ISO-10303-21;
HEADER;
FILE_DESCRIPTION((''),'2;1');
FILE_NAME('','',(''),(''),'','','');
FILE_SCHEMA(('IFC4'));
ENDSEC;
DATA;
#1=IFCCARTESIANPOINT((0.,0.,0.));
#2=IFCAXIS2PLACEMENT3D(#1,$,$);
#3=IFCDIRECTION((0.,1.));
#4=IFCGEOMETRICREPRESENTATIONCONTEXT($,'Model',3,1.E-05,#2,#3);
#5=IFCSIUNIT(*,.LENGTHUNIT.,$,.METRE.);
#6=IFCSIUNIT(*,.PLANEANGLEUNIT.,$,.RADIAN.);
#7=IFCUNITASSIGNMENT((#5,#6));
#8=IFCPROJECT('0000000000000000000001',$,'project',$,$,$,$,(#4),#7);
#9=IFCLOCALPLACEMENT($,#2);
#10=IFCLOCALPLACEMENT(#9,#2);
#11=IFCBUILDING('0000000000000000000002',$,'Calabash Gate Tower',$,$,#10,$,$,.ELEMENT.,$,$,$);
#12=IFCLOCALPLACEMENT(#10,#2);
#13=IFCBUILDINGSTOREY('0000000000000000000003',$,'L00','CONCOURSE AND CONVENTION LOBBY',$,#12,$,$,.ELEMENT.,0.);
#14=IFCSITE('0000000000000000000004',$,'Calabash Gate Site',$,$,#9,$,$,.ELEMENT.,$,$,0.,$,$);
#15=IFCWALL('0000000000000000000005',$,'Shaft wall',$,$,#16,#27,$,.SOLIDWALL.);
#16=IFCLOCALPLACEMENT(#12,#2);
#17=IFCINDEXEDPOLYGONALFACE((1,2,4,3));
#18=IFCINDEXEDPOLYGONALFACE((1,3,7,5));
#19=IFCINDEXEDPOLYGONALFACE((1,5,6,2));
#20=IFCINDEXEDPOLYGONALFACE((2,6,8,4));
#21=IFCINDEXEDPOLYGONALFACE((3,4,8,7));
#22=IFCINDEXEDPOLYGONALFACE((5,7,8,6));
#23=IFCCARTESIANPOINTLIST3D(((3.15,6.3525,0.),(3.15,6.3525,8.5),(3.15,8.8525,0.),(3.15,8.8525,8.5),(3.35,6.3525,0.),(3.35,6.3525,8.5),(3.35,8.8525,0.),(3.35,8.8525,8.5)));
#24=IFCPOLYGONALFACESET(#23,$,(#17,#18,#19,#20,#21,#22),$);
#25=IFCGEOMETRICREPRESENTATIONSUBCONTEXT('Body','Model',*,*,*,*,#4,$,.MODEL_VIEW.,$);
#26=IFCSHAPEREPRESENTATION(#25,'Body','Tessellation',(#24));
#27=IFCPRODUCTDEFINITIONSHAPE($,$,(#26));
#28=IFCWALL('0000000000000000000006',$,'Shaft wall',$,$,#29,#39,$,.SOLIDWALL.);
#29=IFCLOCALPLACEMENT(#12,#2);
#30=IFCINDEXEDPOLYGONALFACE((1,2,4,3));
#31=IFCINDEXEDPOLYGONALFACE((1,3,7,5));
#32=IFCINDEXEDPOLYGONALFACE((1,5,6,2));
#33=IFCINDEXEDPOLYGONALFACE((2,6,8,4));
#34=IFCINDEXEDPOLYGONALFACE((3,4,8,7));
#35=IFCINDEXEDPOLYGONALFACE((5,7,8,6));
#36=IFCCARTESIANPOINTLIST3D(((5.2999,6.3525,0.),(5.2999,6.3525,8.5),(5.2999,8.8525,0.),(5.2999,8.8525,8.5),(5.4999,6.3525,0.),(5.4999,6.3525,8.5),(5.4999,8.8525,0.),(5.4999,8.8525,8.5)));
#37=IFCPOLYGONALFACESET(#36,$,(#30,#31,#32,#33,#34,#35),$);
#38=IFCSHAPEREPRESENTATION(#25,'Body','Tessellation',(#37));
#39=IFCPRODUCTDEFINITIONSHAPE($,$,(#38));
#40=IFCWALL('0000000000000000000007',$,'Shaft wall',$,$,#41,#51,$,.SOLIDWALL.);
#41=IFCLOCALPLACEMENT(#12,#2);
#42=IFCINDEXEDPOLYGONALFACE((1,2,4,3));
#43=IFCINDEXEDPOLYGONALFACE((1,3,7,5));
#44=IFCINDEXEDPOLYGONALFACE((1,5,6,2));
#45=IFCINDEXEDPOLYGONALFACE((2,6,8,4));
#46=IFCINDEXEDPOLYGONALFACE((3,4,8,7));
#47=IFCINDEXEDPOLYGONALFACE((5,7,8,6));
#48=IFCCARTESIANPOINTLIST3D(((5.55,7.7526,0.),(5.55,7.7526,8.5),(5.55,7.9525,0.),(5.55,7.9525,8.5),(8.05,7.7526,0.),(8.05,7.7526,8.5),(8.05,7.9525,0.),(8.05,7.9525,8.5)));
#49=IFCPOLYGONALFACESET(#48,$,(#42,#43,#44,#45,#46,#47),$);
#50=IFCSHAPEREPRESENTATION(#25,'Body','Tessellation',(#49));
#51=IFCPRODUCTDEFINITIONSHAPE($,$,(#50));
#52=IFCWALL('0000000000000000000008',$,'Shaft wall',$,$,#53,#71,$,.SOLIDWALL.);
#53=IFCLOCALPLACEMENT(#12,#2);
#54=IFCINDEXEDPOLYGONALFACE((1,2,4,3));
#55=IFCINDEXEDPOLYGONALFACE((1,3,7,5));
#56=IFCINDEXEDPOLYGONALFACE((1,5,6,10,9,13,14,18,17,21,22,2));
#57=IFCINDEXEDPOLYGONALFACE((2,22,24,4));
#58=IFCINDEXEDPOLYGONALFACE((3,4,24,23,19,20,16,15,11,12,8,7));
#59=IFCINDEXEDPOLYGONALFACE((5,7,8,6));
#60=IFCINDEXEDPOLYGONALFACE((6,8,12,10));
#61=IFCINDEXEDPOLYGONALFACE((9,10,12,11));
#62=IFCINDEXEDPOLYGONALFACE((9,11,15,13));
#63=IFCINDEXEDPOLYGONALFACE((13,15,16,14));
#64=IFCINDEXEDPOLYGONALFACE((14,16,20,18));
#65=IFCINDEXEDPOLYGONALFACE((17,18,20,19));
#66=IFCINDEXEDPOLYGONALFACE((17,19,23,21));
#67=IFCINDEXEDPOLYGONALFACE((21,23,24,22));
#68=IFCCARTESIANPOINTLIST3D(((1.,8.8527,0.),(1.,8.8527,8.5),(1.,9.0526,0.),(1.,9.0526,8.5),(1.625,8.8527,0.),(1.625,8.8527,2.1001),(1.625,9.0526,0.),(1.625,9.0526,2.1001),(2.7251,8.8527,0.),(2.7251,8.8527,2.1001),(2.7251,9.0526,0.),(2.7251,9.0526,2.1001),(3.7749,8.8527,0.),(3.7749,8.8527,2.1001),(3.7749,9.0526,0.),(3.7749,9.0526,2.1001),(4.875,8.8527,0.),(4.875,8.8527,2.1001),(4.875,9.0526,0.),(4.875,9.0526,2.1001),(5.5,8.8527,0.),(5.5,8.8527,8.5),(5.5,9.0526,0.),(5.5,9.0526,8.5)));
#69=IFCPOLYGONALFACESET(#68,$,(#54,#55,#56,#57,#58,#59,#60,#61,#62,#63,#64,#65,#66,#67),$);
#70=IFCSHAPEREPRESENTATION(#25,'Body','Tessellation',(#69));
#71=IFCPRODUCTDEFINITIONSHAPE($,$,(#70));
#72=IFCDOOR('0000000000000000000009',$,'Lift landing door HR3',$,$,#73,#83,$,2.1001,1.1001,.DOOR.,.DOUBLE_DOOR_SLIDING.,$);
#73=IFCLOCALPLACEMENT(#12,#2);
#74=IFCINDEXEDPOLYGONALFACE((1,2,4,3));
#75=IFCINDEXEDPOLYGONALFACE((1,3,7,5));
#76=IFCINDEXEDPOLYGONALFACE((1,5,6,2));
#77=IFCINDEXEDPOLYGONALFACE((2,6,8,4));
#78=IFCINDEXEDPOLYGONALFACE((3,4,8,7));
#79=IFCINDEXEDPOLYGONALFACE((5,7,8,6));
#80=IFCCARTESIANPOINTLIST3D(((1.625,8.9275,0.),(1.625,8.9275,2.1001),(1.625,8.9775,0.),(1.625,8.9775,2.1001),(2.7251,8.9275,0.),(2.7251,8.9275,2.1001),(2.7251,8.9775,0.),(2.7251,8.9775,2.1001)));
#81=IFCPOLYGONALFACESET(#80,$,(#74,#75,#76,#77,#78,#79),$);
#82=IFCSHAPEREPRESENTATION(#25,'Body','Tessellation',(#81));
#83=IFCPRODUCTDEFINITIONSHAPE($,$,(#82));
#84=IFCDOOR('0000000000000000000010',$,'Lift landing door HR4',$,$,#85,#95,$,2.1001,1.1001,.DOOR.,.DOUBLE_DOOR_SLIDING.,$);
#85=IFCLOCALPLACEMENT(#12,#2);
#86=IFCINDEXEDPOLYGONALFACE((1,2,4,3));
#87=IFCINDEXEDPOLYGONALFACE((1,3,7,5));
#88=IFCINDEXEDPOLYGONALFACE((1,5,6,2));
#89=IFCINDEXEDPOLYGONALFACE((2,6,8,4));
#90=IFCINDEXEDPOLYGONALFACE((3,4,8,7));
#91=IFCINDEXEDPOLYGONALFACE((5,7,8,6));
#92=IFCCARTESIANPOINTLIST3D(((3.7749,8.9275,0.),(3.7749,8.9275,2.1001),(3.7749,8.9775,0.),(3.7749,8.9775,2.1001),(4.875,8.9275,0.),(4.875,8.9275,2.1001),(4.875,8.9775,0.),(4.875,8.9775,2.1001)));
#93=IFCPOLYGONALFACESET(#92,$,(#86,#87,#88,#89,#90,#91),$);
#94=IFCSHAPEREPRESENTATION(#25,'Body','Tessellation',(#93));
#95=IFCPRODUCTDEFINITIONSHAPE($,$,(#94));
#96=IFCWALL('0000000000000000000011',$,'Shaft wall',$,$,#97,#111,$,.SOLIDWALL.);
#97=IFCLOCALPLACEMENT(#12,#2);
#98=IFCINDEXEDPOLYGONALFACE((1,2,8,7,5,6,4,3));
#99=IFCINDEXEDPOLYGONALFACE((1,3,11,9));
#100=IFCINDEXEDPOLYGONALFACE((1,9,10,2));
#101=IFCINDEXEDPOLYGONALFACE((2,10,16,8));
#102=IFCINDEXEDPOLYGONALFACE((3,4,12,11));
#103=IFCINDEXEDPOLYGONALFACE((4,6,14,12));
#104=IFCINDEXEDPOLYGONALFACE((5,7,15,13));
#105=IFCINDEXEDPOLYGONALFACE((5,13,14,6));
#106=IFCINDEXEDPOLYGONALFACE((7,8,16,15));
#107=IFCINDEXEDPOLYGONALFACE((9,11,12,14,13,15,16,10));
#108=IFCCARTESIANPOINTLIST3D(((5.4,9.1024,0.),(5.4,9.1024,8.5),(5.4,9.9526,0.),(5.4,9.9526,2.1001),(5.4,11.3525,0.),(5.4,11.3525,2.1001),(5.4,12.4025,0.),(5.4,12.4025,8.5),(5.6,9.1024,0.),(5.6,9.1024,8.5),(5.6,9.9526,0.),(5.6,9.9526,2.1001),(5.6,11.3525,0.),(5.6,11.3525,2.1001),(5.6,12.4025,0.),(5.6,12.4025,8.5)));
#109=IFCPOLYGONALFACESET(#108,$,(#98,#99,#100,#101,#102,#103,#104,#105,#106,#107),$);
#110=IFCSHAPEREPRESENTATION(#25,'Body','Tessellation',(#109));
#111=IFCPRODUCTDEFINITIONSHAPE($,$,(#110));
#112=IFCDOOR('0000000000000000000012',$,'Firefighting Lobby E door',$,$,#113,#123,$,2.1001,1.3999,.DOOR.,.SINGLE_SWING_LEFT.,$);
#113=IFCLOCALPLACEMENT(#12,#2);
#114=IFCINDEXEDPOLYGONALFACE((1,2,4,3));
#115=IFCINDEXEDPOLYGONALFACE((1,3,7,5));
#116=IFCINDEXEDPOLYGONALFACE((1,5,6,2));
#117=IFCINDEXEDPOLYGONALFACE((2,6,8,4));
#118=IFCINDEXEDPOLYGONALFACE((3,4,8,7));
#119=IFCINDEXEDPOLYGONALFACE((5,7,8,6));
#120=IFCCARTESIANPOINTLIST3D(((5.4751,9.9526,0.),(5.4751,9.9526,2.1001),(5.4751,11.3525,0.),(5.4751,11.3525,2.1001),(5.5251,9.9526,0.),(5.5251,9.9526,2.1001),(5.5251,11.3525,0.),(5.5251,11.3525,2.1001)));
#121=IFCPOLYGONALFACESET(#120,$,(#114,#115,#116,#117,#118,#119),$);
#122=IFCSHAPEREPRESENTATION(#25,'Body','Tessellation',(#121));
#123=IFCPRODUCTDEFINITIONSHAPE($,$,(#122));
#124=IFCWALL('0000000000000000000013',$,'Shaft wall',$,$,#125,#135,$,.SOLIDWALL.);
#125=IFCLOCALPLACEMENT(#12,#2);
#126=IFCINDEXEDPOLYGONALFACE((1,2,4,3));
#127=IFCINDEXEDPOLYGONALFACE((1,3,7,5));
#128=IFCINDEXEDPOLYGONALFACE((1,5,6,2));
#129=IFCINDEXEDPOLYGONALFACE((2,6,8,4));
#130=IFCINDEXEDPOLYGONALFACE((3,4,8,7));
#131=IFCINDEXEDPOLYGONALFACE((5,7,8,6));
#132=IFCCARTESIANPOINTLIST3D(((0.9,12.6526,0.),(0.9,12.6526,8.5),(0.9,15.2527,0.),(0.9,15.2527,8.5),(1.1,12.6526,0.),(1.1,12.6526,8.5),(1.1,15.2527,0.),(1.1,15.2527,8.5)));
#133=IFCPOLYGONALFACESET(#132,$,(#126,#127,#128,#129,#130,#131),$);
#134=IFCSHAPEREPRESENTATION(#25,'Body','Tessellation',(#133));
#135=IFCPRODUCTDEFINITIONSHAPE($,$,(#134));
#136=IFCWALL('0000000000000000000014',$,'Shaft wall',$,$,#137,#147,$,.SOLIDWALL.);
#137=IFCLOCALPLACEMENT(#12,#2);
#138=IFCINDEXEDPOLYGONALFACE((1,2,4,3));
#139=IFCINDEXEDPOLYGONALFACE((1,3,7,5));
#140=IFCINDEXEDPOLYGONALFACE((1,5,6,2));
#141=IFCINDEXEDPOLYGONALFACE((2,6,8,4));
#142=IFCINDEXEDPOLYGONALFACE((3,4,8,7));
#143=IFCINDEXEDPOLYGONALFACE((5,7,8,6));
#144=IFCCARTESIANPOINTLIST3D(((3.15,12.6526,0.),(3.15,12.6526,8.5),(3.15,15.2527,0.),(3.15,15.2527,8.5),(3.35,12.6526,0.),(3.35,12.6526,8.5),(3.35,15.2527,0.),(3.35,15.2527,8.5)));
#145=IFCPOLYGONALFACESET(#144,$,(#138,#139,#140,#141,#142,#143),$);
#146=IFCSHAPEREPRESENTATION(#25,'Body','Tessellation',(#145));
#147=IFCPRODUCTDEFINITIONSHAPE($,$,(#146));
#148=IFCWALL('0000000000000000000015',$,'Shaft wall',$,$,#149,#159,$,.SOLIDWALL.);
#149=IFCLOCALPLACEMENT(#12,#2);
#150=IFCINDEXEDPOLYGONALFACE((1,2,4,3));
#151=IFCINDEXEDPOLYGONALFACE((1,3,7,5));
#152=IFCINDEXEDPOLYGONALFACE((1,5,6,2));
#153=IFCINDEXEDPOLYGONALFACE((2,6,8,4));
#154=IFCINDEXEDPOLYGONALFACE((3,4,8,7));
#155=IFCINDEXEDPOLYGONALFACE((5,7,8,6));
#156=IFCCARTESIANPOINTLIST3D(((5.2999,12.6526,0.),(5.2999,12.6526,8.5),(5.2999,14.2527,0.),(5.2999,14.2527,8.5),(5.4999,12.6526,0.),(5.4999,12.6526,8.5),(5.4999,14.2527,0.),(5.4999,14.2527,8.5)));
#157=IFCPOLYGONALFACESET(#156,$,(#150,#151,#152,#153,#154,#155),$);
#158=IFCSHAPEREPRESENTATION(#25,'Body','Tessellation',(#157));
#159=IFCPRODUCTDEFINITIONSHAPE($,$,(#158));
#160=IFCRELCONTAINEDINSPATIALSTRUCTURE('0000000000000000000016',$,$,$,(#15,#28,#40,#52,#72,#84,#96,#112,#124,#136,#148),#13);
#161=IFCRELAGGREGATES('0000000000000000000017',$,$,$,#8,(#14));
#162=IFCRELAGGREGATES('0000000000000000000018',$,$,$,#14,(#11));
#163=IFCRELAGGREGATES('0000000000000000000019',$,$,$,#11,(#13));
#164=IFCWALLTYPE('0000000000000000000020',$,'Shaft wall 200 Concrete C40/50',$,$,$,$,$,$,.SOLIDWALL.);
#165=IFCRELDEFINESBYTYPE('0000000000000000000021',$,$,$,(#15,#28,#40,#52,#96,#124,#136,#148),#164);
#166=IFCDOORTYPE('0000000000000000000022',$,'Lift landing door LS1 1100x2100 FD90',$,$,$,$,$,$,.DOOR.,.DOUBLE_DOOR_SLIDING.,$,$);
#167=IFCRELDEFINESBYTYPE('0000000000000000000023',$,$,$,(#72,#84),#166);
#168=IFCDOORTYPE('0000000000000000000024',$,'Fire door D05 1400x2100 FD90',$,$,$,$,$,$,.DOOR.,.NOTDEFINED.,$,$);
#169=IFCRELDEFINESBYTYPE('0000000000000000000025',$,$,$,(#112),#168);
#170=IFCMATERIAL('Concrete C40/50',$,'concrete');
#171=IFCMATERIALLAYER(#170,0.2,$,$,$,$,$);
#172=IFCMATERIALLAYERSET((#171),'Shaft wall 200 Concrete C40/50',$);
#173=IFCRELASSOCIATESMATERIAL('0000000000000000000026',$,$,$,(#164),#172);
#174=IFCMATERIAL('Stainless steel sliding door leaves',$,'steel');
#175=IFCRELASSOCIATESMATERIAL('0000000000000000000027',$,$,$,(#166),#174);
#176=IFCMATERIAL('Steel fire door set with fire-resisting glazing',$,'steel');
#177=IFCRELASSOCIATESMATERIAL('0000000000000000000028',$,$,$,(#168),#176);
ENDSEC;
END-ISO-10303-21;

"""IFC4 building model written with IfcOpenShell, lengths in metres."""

from ifc_helpers import new_model, si_unit, direction, frame, frame_2d, origin, place, context, subcontext, project, spatial, rectangle, extrude, material, layer, layer_set, type_object, element, fill, save


model = new_model("IFC4")

# Units and contexts
model_context = context("Model", 3, precision=1e-05, world=origin(), true_north=direction((0.0, 1.0)))
body_context = subcontext(model_context, "Body", "Model", "MODEL_VIEW")
ifc_project = project(units=[si_unit("LENGTHUNIT", "METRE"), si_unit("PLANEANGLEUNIT", "RADIAN")], contexts=[model_context])

# Site, building, storey
site_placement = place(None, origin())
site = spatial("IfcSite", under=ifc_project, at=site_placement, Name="Calabash Gate Site", CompositionType="ELEMENT", RefElevation=0.0)
building_placement = place(site_placement, origin())
building = spatial("IfcBuilding", under=site, at=building_placement, Name="Calabash Gate Tower", CompositionType="ELEMENT")
storey_placement = place(building_placement, origin())
storey = spatial("IfcBuildingStorey", under=building, at=storey_placement, Name="L00", Description="CONCOURSE AND CONVENTION LOBBY", CompositionType="ELEMENT", Elevation=0.0)

# Walls
ifc_material_1 = material(Name="Concrete C40/50", Category="concrete")
ifc_layer_1 = layer(ifc_material_1, 0.2)
ifc_layer_set_1 = layer_set([ifc_layer_1], Name="Shaft wall 200 Concrete C40/50")
wall_type_1 = type_object("IfcWallType", Name="Shaft wall 200 Concrete C40/50", PredefinedType="SOLIDWALL", material=ifc_layer_set_1)
for number, where, z_axis, x_axis, name in (
    (1, (3.25, 6.3525, 0.0), (0.0, 0.0, 1.0), (0.0, 1.0, 0.0), "Shaft wall"),
    (2, (5.3999, 6.3525, 0.0), (0.0, 0.0, 1.0), (0.0, 1.0, 0.0), "Shaft wall"),
    (3, (5.55, 7.8525, 0.0), (0.0, 0.0, 1.0), (1.0, 0.0, 0.0), "Shaft wall"),
):
    element("IfcWall", number, at=place(storey_placement, frame(where, z_axis=z_axis, x_axis=x_axis)), inside=storey, type_object=wall_type_1, Name=name, PredefinedType="SOLIDWALL", context=body_context, shape_type="SweptSolid", body=[
        extrude(rectangle(XDim=2.5, YDim=0.2, at=frame_2d((1.25, 0.0))), origin(), (0.0, 0.0, 1.0), 8.5),
    ])

# Wall, openings, doors
wall_1_placement = place(storey_placement, frame((1.0, 8.9526, 0.0), z_axis=(0.0, 0.0, 1.0), x_axis=(1.0, 0.0, 0.0)))
wall_1 = element("IfcWall", 4, at=wall_1_placement, inside=storey, type_object=wall_type_1, Name="Shaft wall", PredefinedType="SOLIDWALL", context=body_context, shape_type="SweptSolid", body=[
    extrude(rectangle(XDim=4.5, YDim=0.2, at=frame_2d((2.25, 0.0))), origin(), (0.0, 0.0, 1.0), 8.5),
])
opening_1_placement = place(wall_1_placement, frame((0.625, 0.0, 0.0)))
opening_1 = element("IfcOpeningElement", 5, at=opening_1_placement, cuts=wall_1, PredefinedType="OPENING", context=body_context, shape_type="SweptSolid", body=[
    extrude(rectangle(XDim=1.1001, YDim=2.1001, at=frame_2d((0.55, 1.05))), frame((0.0, 0.1099, 0.0), z_axis=(0.0, -1.0, 0.0), x_axis=(1.0, 0.0, 0.0)), (0.0, 0.0, 1.0), 0.22),
])
opening_2_placement = place(wall_1_placement, frame((2.7749, 0.0, 0.0)))
opening_2 = element("IfcOpeningElement", 6, at=opening_2_placement, cuts=wall_1, PredefinedType="OPENING", context=body_context, shape_type="SweptSolid", body=[
    extrude(rectangle(XDim=1.1001, YDim=2.1001, at=frame_2d((0.55, 1.05))), frame((0.0, 0.1099, 0.0), z_axis=(0.0, -1.0, 0.0), x_axis=(1.0, 0.0, 0.0)), (0.0, 0.0, 1.0), 0.22),
])
ifc_material_2 = material(Name="Stainless steel sliding door leaves", Category="steel")
door_type_1 = type_object("IfcDoorType", Name="Lift landing door LS1 1100x2100 FD90", OperationType="DOUBLE_DOOR_SLIDING", PredefinedType="DOOR", material=ifc_material_2)
door_1_placement = place(opening_1_placement, origin())
door_1 = element("IfcDoor", 7, at=door_1_placement, inside=storey, type_object=door_type_1, Name="Lift landing door HR3", OperationType="DOUBLE_DOOR_SLIDING", OverallHeight=2.1001, OverallWidth=1.1001, PredefinedType="DOOR", context=body_context, shape_type="SweptSolid", body=[
    extrude(rectangle(XDim=1.1001, YDim=2.1001, at=frame_2d((0.55, 1.05))), frame((0.0, 0.0249, 0.0), z_axis=(0.0, -1.0, 0.0), x_axis=(1.0, 0.0, 0.0)), (0.0, 0.0, 1.0), 0.05),
])
fill(opening_1, door_1)
door_2_placement = place(opening_2_placement, origin())
door_2 = element("IfcDoor", 8, at=door_2_placement, inside=storey, type_object=door_type_1, Name="Lift landing door HR4", OperationType="DOUBLE_DOOR_SLIDING", OverallHeight=2.1001, OverallWidth=1.1001, PredefinedType="DOOR", context=body_context, shape_type="SweptSolid", body=[
    extrude(rectangle(XDim=1.1001, YDim=2.1001, at=frame_2d((0.55, 1.05))), frame((0.0, 0.0249, 0.0), z_axis=(0.0, -1.0, 0.0), x_axis=(1.0, 0.0, 0.0)), (0.0, 0.0, 1.0), 0.05),
])
fill(opening_2, door_2)

# Wall, opening, door
wall_2_placement = place(storey_placement, frame((5.5, 9.1025, 0.0), z_axis=(0.0, 0.0, 1.0), x_axis=(0.0, 1.0, 0.0)))
wall_2 = element("IfcWall", 9, at=wall_2_placement, inside=storey, type_object=wall_type_1, Name="Shaft wall", PredefinedType="SOLIDWALL", context=body_context, shape_type="SweptSolid", body=[
    extrude(rectangle(XDim=3.3, YDim=0.2, at=frame_2d((1.6499, 0.0))), origin(), (0.0, 0.0, 1.0), 8.5),
])
opening_3_placement = place(wall_2_placement, frame((0.8501, 0.0, 0.0)))
opening_3 = element("IfcOpeningElement", 10, at=opening_3_placement, cuts=wall_2, PredefinedType="OPENING", context=body_context, shape_type="SweptSolid", body=[
    extrude(rectangle(XDim=1.3999, YDim=2.1001, at=frame_2d((0.7, 1.05))), frame((0.0, 0.1099, 0.0), z_axis=(0.0, -1.0, 0.0), x_axis=(1.0, 0.0, 0.0)), (0.0, 0.0, 1.0), 0.22),
])
ifc_material_3 = material(Name="Steel fire door set with fire-resisting glazing", Category="steel")
door_type_2 = type_object("IfcDoorType", Name="Fire door D05 1400x2100 FD90", OperationType="NOTDEFINED", PredefinedType="DOOR", material=ifc_material_3)
door_3_placement = place(opening_3_placement, origin())
door_3 = element("IfcDoor", 11, at=door_3_placement, inside=storey, type_object=door_type_2, Name="Firefighting Lobby E door", OperationType="SINGLE_SWING_LEFT", OverallHeight=2.1001, OverallWidth=1.3999, PredefinedType="DOOR", context=body_context, shape_type="SweptSolid", body=[
    extrude(rectangle(XDim=1.3999, YDim=2.1001, at=frame_2d((0.7, 1.05))), frame((0.0, 0.0249, 0.0), z_axis=(0.0, -1.0, 0.0), x_axis=(1.0, 0.0, 0.0)), (0.0, 0.0, 1.0), 0.05),
])
fill(opening_3, door_3)

# Walls
for number, where, z_axis, x_axis, name in (
    (12, (1.0, 12.6526, 0.0), (0.0, 0.0, 1.0), (0.0, 1.0, 0.0), "Shaft wall"),
    (13, (3.25, 12.6526, 0.0), (0.0, 0.0, 1.0), (0.0, 1.0, 0.0), "Shaft wall"),
):
    element("IfcWall", number, at=place(storey_placement, frame(where, z_axis=z_axis, x_axis=x_axis)), inside=storey, type_object=wall_type_1, Name=name, PredefinedType="SOLIDWALL", context=body_context, shape_type="SweptSolid", body=[
        extrude(rectangle(XDim=2.6001, YDim=0.2, at=frame_2d((1.3, 0.0))), origin(), (0.0, 0.0, 1.0), 8.5),
    ])
wall_3_placement = place(storey_placement, frame((5.3999, 12.6526, 0.0), z_axis=(0.0, 0.0, 1.0), x_axis=(0.0, 1.0, 0.0)))
element("IfcWall", 14, at=wall_3_placement, inside=storey, type_object=wall_type_1, Name="Shaft wall", PredefinedType="SOLIDWALL", context=body_context, shape_type="SweptSolid", body=[
    extrude(rectangle(XDim=1.6001, YDim=0.2, at=frame_2d((0.8, 0.0))), origin(), (0.0, 0.0, 1.0), 8.5),
])

save(model, "model.ifc")
